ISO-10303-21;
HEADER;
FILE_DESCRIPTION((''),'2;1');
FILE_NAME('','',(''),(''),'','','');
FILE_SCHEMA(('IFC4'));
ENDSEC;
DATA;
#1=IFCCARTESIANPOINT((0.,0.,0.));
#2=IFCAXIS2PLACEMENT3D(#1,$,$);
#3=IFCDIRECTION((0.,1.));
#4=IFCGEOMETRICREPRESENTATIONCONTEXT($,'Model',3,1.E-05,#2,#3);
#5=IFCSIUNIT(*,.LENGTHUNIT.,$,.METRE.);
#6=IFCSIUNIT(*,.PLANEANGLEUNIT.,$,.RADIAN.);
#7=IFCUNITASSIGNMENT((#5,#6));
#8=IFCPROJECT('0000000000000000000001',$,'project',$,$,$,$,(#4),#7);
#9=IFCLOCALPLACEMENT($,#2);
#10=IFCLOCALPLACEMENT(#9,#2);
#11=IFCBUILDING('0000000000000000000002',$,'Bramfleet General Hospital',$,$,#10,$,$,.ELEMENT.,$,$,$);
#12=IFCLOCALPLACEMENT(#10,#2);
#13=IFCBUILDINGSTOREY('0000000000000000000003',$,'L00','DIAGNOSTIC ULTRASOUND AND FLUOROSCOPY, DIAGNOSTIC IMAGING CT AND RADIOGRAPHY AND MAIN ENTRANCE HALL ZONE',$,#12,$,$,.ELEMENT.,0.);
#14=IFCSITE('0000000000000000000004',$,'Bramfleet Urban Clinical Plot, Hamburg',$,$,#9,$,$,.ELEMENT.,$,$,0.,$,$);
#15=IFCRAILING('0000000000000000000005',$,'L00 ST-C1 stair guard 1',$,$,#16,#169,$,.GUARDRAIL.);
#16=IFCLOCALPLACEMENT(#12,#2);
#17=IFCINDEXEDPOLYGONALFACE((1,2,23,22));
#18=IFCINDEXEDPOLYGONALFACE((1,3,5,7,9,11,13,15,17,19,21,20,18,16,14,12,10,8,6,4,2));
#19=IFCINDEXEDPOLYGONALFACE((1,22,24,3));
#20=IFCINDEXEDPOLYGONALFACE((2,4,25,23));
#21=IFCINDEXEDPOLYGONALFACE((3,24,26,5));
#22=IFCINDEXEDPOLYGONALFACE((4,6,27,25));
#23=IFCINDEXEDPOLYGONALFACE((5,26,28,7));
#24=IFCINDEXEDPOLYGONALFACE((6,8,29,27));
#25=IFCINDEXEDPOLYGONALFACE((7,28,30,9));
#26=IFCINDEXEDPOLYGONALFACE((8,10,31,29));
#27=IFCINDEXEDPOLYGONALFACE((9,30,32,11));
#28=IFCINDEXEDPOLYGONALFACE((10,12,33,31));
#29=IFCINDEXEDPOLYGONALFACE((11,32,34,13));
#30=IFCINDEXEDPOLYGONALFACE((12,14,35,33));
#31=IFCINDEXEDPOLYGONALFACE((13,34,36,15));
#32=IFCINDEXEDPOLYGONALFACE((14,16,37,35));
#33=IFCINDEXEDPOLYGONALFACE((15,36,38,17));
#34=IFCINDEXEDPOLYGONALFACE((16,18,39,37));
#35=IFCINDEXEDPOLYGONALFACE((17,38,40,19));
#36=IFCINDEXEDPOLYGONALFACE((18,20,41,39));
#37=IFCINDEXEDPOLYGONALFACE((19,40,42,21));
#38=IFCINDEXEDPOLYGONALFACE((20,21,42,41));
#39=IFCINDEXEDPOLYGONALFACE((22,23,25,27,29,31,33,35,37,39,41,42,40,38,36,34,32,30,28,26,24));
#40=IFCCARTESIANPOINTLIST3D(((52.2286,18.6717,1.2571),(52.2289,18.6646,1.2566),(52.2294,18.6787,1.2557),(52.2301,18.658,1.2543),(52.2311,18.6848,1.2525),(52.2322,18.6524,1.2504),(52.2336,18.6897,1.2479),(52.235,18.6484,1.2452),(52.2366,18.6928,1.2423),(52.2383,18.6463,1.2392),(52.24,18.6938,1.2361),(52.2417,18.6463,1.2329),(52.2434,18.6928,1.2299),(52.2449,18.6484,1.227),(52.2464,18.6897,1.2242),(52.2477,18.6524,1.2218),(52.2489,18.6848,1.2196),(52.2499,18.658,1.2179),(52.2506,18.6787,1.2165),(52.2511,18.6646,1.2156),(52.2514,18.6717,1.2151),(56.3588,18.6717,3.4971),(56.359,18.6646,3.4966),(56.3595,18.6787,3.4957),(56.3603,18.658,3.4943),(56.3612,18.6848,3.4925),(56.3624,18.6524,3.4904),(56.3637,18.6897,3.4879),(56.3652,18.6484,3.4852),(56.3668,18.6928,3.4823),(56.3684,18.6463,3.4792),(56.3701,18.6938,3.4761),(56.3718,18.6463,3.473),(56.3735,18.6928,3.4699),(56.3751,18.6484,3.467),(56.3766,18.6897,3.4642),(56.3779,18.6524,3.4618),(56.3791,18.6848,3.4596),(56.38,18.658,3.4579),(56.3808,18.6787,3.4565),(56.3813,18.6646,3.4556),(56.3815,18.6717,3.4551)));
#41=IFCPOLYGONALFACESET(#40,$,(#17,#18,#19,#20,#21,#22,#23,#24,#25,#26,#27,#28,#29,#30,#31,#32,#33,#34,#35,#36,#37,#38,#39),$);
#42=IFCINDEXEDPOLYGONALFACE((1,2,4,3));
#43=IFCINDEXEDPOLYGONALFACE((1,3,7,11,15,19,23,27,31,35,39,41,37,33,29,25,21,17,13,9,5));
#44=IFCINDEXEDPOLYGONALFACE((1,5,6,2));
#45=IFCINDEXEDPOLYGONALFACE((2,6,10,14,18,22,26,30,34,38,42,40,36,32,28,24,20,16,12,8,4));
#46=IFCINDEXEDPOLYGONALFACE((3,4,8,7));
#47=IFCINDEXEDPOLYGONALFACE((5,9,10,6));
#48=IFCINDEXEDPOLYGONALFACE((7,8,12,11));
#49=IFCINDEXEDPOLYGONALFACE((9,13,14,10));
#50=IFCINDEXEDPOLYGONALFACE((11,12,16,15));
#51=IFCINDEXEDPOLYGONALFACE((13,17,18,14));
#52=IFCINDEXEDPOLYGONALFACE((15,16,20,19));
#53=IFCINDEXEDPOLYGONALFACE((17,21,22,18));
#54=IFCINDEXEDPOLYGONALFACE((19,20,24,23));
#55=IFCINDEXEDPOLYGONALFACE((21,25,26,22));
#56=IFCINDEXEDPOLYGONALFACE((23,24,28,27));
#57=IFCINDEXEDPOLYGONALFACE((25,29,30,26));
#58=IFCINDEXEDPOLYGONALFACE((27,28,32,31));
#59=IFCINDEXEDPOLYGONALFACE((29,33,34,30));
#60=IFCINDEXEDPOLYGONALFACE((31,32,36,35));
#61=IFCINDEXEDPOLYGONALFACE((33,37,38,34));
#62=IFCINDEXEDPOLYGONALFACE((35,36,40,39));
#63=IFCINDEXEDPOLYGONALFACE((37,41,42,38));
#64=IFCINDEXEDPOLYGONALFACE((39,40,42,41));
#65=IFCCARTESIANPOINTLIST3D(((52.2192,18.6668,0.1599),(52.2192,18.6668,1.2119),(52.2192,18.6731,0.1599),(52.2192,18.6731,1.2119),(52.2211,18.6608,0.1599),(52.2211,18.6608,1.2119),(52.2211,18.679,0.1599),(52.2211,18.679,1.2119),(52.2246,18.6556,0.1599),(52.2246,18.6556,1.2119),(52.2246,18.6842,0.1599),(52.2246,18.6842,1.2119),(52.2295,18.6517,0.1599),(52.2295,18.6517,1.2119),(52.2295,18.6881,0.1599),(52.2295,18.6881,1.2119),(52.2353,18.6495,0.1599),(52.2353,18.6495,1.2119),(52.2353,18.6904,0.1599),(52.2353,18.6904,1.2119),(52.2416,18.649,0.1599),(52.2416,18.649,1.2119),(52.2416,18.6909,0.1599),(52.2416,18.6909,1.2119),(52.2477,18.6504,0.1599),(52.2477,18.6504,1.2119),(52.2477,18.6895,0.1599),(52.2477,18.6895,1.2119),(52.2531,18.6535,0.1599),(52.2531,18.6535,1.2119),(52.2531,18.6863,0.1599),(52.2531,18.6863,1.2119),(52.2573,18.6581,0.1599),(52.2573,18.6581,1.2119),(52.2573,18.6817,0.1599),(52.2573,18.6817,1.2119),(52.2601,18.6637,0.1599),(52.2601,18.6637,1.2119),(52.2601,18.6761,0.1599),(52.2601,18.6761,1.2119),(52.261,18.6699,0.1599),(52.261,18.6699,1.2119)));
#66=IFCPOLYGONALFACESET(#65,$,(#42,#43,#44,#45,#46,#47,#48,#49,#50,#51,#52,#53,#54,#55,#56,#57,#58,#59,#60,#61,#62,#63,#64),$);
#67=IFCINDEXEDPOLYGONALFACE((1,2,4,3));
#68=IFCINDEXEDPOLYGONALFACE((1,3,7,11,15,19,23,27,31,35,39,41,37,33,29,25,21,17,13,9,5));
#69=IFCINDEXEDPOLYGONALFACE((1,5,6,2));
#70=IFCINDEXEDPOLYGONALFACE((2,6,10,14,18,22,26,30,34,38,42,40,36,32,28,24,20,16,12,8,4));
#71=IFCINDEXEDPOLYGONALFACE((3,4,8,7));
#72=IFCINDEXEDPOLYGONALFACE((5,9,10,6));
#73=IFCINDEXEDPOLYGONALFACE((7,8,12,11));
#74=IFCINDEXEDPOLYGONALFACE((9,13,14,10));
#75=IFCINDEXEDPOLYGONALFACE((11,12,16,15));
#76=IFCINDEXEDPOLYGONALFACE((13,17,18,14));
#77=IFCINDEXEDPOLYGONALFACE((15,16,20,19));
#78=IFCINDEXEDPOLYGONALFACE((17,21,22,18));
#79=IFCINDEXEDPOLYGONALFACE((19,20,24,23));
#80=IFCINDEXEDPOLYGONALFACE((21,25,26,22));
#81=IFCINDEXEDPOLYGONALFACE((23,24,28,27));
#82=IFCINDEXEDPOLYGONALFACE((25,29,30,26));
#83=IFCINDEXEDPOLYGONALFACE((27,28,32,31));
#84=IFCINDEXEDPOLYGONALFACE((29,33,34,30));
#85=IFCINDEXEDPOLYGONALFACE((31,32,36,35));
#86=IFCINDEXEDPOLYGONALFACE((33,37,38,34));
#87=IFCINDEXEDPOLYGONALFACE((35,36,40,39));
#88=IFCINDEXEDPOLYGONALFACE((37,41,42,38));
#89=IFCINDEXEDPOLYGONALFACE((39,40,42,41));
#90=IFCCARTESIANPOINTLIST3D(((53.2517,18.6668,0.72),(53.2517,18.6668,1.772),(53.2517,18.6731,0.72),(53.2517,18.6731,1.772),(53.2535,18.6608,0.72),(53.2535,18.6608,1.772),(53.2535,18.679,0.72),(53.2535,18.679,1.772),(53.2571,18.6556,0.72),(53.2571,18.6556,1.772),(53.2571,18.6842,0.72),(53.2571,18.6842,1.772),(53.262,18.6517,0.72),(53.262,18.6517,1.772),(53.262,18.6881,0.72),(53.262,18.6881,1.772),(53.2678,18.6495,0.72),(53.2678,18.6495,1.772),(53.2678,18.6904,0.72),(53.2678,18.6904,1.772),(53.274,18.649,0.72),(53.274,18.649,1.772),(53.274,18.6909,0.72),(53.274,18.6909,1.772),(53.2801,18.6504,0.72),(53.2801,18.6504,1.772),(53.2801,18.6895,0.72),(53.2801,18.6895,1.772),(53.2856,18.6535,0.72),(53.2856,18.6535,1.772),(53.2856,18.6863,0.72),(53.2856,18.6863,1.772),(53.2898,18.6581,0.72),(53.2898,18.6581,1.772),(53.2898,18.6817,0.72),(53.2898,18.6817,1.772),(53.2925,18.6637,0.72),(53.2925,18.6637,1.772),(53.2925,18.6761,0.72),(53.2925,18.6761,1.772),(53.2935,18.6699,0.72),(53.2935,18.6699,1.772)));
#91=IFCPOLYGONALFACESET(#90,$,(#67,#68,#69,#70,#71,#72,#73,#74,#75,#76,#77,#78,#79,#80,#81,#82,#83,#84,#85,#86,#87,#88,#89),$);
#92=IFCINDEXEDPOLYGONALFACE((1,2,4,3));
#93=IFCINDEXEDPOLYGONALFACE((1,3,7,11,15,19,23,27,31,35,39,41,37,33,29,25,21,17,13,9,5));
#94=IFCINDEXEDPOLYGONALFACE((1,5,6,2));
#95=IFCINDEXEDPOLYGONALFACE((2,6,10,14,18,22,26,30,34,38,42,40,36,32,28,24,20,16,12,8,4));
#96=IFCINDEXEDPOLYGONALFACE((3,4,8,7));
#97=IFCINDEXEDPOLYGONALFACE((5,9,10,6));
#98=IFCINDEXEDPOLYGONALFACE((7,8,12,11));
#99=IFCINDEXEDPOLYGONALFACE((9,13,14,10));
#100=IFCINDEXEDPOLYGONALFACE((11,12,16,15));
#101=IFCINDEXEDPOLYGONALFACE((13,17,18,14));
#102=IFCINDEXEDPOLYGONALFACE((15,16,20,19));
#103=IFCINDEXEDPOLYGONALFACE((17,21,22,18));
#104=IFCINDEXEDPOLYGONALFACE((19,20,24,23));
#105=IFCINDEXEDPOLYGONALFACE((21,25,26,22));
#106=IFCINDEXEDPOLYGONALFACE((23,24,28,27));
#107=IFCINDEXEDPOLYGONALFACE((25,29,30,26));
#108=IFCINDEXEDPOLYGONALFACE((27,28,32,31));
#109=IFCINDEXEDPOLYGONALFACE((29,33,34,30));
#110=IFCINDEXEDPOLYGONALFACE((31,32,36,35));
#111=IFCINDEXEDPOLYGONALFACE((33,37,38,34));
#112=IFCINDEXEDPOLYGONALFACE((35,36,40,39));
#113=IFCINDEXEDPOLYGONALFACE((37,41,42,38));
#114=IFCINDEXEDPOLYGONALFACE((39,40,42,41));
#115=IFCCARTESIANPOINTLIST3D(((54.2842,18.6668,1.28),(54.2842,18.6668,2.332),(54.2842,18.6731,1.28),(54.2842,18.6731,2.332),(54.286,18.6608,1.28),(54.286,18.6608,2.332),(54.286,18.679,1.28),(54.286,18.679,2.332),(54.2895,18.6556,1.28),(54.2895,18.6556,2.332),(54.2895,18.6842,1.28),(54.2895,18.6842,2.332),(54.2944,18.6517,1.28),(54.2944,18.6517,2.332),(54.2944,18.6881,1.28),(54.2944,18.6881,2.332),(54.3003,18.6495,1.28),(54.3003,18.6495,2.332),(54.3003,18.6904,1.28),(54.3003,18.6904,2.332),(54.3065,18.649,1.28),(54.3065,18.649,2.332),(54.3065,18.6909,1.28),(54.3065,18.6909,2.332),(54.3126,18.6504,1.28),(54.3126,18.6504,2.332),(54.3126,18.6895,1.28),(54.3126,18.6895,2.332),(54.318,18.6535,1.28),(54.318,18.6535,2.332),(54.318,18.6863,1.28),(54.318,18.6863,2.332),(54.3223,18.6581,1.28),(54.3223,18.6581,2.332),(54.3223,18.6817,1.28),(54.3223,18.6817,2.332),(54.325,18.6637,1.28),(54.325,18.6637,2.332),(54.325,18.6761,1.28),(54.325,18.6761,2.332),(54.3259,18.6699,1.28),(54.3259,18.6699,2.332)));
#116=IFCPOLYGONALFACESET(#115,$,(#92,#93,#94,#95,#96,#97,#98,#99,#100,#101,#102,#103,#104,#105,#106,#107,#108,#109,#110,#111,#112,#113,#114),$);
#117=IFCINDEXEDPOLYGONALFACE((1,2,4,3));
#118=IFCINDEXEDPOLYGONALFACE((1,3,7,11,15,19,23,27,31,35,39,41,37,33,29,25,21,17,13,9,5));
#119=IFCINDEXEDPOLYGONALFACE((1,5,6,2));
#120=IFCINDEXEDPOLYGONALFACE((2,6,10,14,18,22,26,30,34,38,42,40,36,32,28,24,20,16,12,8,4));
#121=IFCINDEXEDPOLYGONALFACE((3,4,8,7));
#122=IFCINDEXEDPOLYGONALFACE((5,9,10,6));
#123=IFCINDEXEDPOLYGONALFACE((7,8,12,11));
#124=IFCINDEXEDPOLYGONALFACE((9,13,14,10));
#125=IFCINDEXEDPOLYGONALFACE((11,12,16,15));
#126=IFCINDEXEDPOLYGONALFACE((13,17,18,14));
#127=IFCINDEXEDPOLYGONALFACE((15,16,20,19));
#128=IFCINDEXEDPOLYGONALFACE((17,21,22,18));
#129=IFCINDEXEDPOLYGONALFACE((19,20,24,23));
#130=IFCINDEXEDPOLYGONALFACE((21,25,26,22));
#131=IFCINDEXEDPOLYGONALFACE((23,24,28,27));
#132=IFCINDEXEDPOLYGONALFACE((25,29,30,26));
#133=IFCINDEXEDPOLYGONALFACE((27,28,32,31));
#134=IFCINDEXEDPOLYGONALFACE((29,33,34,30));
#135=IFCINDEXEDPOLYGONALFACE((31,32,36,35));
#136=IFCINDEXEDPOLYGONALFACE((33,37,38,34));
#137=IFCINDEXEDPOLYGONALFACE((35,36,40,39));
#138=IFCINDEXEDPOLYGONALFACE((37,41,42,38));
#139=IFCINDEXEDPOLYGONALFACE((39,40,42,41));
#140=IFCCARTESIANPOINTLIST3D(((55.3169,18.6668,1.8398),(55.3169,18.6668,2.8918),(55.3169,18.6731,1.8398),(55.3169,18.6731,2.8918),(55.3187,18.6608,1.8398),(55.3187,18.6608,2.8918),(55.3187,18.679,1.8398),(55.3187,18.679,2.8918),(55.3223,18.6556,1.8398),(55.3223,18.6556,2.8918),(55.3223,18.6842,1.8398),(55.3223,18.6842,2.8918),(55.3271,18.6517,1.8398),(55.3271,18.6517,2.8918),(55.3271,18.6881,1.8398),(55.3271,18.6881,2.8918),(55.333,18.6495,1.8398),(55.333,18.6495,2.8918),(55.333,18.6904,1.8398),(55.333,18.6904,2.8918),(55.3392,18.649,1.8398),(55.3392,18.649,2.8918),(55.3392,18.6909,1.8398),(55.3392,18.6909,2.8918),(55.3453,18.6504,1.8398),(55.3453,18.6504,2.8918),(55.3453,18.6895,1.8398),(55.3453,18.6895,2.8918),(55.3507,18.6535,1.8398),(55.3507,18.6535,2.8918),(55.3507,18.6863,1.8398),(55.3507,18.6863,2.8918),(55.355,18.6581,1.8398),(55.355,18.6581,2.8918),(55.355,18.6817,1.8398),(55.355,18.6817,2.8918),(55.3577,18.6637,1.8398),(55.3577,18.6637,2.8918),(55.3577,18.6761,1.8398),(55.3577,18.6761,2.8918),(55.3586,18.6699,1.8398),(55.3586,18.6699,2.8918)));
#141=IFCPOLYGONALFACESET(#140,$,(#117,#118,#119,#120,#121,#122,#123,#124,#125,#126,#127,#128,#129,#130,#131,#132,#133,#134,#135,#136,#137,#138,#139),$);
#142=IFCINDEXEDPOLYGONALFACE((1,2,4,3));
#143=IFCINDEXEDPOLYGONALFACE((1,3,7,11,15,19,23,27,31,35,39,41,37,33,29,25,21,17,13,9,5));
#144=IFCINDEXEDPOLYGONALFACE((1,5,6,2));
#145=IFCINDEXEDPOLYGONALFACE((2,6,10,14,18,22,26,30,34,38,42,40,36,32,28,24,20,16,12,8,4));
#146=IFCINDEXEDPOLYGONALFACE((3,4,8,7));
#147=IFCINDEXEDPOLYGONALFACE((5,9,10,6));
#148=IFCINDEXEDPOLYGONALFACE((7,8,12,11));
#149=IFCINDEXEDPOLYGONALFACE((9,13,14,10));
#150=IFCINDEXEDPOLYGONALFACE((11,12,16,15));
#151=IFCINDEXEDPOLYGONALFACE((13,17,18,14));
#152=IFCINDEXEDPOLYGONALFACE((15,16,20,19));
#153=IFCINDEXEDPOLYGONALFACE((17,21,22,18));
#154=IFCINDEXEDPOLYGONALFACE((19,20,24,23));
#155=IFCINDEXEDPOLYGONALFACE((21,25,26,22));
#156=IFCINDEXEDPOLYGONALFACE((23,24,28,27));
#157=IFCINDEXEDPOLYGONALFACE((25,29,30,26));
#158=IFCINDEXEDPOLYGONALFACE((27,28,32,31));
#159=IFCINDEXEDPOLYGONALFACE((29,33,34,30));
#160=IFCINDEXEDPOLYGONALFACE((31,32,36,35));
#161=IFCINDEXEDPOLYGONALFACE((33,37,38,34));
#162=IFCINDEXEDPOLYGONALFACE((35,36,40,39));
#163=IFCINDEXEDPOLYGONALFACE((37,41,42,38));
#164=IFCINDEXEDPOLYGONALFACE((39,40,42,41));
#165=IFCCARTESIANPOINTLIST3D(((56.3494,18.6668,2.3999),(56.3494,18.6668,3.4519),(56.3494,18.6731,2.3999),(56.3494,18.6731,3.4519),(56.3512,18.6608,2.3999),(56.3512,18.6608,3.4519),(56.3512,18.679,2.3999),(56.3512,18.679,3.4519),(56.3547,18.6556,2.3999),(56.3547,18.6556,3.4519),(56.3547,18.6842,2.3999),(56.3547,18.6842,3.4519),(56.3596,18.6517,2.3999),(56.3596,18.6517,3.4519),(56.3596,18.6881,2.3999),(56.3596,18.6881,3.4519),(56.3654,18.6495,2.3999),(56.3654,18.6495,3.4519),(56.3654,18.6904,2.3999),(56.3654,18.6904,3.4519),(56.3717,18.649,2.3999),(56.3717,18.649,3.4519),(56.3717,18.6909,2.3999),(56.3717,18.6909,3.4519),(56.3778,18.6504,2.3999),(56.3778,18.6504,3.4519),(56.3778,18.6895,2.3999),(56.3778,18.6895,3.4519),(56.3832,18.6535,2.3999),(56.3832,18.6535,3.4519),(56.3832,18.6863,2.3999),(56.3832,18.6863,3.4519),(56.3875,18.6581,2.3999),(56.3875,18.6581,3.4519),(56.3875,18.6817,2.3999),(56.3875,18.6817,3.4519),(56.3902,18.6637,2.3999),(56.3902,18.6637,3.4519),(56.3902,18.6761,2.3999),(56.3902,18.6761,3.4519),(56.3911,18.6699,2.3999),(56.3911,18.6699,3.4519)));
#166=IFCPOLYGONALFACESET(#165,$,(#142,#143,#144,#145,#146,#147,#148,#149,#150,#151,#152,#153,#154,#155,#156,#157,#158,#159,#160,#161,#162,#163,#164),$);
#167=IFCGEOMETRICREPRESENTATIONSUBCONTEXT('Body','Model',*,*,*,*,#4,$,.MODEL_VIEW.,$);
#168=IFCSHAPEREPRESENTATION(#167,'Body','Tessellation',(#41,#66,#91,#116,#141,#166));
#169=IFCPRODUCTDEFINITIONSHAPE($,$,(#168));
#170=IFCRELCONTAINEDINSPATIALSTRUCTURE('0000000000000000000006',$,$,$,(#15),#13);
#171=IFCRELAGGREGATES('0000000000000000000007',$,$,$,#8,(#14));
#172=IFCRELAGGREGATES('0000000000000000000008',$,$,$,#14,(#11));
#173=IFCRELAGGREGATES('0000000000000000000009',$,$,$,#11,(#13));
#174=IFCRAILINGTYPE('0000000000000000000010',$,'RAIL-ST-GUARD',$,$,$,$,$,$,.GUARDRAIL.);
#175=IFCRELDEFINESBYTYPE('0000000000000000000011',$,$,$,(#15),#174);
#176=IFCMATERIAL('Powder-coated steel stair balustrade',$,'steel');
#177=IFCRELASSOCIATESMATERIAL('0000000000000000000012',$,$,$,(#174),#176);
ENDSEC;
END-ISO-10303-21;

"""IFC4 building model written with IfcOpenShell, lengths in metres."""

from ifc_helpers import new_model, si_unit, direction, frame, origin, origin_2d, place, context, subcontext, project, spatial, circle, extrude, material, type_object, element, save


model = new_model("IFC4")

# Units and contexts
model_context = context("Model", 3, precision=1e-05, world=origin(), true_north=direction((0.0, 1.0)))
body_context = subcontext(model_context, "Body", "Model", "MODEL_VIEW")
ifc_project = project(units=[si_unit("LENGTHUNIT", "METRE"), si_unit("PLANEANGLEUNIT", "RADIAN")], contexts=[model_context])

# Site, building, storey
site_placement = place(None, origin())
site = spatial("IfcSite", under=ifc_project, at=site_placement, Name="Bramfleet Urban Clinical Plot, Hamburg", CompositionType="ELEMENT", RefElevation=0.0)
building_placement = place(site_placement, origin())
building = spatial("IfcBuilding", under=site, at=building_placement, Name="Bramfleet General Hospital", CompositionType="ELEMENT")
storey_placement = place(building_placement, origin())
storey = spatial("IfcBuildingStorey", under=building, at=storey_placement, Name="L00", Description="DIAGNOSTIC ULTRASOUND AND FLUOROSCOPY, DIAGNOSTIC IMAGING CT AND RADIOGRAPHY AND MAIN ENTRANCE HALL ZONE", CompositionType="ELEMENT", Elevation=0.0)

# Railing
ifc_material_1 = material(Name="Powder-coated steel stair balustrade", Category="steel")
railing_type_1 = type_object("IfcRailingType", Name="RAIL-ST-GUARD", PredefinedType="GUARDRAIL", material=ifc_material_1)
railing_1_placement = place(storey_placement, frame((52.24, 18.6699, 0.1599)))
element("IfcRailing", 1, at=railing_1_placement, inside=storey, type_object=railing_type_1, Name="L00 ST-C1 stair guard 1", PredefinedType="GUARDRAIL", context=body_context, shape_type="SweptSolid", body=[
    extrude(circle(Radius=0.0239, at=origin_2d()), frame((0.0, 0.0, 1.0762), z_axis=(0.879039, 0.0, 0.47675), x_axis=(0.0, 1.0, 0.0)), (0.0, 0.0, 1.0), 4.6985),
    extrude(circle(Radius=0.021, at=origin_2d()), origin(), (0.0, 0.0, 1.0), 1.052),
    extrude(circle(Radius=0.021, at=origin_2d()), frame((1.0325, 0.0, 0.5601)), (0.0, 0.0, 1.0), 1.052),
    extrude(circle(Radius=0.021, at=origin_2d()), frame((2.0649, 0.0, 1.1201)), (0.0, 0.0, 1.0), 1.052),
    extrude(circle(Radius=0.021, at=origin_2d()), frame((3.0977, 0.0, 1.6799)), (0.0, 0.0, 1.0), 1.052),
    extrude(circle(Radius=0.021, at=origin_2d()), frame((4.1301, 0.0, 2.24)), (0.0, 0.0, 1.0), 1.052),
])

save(model, "model.ifc")
